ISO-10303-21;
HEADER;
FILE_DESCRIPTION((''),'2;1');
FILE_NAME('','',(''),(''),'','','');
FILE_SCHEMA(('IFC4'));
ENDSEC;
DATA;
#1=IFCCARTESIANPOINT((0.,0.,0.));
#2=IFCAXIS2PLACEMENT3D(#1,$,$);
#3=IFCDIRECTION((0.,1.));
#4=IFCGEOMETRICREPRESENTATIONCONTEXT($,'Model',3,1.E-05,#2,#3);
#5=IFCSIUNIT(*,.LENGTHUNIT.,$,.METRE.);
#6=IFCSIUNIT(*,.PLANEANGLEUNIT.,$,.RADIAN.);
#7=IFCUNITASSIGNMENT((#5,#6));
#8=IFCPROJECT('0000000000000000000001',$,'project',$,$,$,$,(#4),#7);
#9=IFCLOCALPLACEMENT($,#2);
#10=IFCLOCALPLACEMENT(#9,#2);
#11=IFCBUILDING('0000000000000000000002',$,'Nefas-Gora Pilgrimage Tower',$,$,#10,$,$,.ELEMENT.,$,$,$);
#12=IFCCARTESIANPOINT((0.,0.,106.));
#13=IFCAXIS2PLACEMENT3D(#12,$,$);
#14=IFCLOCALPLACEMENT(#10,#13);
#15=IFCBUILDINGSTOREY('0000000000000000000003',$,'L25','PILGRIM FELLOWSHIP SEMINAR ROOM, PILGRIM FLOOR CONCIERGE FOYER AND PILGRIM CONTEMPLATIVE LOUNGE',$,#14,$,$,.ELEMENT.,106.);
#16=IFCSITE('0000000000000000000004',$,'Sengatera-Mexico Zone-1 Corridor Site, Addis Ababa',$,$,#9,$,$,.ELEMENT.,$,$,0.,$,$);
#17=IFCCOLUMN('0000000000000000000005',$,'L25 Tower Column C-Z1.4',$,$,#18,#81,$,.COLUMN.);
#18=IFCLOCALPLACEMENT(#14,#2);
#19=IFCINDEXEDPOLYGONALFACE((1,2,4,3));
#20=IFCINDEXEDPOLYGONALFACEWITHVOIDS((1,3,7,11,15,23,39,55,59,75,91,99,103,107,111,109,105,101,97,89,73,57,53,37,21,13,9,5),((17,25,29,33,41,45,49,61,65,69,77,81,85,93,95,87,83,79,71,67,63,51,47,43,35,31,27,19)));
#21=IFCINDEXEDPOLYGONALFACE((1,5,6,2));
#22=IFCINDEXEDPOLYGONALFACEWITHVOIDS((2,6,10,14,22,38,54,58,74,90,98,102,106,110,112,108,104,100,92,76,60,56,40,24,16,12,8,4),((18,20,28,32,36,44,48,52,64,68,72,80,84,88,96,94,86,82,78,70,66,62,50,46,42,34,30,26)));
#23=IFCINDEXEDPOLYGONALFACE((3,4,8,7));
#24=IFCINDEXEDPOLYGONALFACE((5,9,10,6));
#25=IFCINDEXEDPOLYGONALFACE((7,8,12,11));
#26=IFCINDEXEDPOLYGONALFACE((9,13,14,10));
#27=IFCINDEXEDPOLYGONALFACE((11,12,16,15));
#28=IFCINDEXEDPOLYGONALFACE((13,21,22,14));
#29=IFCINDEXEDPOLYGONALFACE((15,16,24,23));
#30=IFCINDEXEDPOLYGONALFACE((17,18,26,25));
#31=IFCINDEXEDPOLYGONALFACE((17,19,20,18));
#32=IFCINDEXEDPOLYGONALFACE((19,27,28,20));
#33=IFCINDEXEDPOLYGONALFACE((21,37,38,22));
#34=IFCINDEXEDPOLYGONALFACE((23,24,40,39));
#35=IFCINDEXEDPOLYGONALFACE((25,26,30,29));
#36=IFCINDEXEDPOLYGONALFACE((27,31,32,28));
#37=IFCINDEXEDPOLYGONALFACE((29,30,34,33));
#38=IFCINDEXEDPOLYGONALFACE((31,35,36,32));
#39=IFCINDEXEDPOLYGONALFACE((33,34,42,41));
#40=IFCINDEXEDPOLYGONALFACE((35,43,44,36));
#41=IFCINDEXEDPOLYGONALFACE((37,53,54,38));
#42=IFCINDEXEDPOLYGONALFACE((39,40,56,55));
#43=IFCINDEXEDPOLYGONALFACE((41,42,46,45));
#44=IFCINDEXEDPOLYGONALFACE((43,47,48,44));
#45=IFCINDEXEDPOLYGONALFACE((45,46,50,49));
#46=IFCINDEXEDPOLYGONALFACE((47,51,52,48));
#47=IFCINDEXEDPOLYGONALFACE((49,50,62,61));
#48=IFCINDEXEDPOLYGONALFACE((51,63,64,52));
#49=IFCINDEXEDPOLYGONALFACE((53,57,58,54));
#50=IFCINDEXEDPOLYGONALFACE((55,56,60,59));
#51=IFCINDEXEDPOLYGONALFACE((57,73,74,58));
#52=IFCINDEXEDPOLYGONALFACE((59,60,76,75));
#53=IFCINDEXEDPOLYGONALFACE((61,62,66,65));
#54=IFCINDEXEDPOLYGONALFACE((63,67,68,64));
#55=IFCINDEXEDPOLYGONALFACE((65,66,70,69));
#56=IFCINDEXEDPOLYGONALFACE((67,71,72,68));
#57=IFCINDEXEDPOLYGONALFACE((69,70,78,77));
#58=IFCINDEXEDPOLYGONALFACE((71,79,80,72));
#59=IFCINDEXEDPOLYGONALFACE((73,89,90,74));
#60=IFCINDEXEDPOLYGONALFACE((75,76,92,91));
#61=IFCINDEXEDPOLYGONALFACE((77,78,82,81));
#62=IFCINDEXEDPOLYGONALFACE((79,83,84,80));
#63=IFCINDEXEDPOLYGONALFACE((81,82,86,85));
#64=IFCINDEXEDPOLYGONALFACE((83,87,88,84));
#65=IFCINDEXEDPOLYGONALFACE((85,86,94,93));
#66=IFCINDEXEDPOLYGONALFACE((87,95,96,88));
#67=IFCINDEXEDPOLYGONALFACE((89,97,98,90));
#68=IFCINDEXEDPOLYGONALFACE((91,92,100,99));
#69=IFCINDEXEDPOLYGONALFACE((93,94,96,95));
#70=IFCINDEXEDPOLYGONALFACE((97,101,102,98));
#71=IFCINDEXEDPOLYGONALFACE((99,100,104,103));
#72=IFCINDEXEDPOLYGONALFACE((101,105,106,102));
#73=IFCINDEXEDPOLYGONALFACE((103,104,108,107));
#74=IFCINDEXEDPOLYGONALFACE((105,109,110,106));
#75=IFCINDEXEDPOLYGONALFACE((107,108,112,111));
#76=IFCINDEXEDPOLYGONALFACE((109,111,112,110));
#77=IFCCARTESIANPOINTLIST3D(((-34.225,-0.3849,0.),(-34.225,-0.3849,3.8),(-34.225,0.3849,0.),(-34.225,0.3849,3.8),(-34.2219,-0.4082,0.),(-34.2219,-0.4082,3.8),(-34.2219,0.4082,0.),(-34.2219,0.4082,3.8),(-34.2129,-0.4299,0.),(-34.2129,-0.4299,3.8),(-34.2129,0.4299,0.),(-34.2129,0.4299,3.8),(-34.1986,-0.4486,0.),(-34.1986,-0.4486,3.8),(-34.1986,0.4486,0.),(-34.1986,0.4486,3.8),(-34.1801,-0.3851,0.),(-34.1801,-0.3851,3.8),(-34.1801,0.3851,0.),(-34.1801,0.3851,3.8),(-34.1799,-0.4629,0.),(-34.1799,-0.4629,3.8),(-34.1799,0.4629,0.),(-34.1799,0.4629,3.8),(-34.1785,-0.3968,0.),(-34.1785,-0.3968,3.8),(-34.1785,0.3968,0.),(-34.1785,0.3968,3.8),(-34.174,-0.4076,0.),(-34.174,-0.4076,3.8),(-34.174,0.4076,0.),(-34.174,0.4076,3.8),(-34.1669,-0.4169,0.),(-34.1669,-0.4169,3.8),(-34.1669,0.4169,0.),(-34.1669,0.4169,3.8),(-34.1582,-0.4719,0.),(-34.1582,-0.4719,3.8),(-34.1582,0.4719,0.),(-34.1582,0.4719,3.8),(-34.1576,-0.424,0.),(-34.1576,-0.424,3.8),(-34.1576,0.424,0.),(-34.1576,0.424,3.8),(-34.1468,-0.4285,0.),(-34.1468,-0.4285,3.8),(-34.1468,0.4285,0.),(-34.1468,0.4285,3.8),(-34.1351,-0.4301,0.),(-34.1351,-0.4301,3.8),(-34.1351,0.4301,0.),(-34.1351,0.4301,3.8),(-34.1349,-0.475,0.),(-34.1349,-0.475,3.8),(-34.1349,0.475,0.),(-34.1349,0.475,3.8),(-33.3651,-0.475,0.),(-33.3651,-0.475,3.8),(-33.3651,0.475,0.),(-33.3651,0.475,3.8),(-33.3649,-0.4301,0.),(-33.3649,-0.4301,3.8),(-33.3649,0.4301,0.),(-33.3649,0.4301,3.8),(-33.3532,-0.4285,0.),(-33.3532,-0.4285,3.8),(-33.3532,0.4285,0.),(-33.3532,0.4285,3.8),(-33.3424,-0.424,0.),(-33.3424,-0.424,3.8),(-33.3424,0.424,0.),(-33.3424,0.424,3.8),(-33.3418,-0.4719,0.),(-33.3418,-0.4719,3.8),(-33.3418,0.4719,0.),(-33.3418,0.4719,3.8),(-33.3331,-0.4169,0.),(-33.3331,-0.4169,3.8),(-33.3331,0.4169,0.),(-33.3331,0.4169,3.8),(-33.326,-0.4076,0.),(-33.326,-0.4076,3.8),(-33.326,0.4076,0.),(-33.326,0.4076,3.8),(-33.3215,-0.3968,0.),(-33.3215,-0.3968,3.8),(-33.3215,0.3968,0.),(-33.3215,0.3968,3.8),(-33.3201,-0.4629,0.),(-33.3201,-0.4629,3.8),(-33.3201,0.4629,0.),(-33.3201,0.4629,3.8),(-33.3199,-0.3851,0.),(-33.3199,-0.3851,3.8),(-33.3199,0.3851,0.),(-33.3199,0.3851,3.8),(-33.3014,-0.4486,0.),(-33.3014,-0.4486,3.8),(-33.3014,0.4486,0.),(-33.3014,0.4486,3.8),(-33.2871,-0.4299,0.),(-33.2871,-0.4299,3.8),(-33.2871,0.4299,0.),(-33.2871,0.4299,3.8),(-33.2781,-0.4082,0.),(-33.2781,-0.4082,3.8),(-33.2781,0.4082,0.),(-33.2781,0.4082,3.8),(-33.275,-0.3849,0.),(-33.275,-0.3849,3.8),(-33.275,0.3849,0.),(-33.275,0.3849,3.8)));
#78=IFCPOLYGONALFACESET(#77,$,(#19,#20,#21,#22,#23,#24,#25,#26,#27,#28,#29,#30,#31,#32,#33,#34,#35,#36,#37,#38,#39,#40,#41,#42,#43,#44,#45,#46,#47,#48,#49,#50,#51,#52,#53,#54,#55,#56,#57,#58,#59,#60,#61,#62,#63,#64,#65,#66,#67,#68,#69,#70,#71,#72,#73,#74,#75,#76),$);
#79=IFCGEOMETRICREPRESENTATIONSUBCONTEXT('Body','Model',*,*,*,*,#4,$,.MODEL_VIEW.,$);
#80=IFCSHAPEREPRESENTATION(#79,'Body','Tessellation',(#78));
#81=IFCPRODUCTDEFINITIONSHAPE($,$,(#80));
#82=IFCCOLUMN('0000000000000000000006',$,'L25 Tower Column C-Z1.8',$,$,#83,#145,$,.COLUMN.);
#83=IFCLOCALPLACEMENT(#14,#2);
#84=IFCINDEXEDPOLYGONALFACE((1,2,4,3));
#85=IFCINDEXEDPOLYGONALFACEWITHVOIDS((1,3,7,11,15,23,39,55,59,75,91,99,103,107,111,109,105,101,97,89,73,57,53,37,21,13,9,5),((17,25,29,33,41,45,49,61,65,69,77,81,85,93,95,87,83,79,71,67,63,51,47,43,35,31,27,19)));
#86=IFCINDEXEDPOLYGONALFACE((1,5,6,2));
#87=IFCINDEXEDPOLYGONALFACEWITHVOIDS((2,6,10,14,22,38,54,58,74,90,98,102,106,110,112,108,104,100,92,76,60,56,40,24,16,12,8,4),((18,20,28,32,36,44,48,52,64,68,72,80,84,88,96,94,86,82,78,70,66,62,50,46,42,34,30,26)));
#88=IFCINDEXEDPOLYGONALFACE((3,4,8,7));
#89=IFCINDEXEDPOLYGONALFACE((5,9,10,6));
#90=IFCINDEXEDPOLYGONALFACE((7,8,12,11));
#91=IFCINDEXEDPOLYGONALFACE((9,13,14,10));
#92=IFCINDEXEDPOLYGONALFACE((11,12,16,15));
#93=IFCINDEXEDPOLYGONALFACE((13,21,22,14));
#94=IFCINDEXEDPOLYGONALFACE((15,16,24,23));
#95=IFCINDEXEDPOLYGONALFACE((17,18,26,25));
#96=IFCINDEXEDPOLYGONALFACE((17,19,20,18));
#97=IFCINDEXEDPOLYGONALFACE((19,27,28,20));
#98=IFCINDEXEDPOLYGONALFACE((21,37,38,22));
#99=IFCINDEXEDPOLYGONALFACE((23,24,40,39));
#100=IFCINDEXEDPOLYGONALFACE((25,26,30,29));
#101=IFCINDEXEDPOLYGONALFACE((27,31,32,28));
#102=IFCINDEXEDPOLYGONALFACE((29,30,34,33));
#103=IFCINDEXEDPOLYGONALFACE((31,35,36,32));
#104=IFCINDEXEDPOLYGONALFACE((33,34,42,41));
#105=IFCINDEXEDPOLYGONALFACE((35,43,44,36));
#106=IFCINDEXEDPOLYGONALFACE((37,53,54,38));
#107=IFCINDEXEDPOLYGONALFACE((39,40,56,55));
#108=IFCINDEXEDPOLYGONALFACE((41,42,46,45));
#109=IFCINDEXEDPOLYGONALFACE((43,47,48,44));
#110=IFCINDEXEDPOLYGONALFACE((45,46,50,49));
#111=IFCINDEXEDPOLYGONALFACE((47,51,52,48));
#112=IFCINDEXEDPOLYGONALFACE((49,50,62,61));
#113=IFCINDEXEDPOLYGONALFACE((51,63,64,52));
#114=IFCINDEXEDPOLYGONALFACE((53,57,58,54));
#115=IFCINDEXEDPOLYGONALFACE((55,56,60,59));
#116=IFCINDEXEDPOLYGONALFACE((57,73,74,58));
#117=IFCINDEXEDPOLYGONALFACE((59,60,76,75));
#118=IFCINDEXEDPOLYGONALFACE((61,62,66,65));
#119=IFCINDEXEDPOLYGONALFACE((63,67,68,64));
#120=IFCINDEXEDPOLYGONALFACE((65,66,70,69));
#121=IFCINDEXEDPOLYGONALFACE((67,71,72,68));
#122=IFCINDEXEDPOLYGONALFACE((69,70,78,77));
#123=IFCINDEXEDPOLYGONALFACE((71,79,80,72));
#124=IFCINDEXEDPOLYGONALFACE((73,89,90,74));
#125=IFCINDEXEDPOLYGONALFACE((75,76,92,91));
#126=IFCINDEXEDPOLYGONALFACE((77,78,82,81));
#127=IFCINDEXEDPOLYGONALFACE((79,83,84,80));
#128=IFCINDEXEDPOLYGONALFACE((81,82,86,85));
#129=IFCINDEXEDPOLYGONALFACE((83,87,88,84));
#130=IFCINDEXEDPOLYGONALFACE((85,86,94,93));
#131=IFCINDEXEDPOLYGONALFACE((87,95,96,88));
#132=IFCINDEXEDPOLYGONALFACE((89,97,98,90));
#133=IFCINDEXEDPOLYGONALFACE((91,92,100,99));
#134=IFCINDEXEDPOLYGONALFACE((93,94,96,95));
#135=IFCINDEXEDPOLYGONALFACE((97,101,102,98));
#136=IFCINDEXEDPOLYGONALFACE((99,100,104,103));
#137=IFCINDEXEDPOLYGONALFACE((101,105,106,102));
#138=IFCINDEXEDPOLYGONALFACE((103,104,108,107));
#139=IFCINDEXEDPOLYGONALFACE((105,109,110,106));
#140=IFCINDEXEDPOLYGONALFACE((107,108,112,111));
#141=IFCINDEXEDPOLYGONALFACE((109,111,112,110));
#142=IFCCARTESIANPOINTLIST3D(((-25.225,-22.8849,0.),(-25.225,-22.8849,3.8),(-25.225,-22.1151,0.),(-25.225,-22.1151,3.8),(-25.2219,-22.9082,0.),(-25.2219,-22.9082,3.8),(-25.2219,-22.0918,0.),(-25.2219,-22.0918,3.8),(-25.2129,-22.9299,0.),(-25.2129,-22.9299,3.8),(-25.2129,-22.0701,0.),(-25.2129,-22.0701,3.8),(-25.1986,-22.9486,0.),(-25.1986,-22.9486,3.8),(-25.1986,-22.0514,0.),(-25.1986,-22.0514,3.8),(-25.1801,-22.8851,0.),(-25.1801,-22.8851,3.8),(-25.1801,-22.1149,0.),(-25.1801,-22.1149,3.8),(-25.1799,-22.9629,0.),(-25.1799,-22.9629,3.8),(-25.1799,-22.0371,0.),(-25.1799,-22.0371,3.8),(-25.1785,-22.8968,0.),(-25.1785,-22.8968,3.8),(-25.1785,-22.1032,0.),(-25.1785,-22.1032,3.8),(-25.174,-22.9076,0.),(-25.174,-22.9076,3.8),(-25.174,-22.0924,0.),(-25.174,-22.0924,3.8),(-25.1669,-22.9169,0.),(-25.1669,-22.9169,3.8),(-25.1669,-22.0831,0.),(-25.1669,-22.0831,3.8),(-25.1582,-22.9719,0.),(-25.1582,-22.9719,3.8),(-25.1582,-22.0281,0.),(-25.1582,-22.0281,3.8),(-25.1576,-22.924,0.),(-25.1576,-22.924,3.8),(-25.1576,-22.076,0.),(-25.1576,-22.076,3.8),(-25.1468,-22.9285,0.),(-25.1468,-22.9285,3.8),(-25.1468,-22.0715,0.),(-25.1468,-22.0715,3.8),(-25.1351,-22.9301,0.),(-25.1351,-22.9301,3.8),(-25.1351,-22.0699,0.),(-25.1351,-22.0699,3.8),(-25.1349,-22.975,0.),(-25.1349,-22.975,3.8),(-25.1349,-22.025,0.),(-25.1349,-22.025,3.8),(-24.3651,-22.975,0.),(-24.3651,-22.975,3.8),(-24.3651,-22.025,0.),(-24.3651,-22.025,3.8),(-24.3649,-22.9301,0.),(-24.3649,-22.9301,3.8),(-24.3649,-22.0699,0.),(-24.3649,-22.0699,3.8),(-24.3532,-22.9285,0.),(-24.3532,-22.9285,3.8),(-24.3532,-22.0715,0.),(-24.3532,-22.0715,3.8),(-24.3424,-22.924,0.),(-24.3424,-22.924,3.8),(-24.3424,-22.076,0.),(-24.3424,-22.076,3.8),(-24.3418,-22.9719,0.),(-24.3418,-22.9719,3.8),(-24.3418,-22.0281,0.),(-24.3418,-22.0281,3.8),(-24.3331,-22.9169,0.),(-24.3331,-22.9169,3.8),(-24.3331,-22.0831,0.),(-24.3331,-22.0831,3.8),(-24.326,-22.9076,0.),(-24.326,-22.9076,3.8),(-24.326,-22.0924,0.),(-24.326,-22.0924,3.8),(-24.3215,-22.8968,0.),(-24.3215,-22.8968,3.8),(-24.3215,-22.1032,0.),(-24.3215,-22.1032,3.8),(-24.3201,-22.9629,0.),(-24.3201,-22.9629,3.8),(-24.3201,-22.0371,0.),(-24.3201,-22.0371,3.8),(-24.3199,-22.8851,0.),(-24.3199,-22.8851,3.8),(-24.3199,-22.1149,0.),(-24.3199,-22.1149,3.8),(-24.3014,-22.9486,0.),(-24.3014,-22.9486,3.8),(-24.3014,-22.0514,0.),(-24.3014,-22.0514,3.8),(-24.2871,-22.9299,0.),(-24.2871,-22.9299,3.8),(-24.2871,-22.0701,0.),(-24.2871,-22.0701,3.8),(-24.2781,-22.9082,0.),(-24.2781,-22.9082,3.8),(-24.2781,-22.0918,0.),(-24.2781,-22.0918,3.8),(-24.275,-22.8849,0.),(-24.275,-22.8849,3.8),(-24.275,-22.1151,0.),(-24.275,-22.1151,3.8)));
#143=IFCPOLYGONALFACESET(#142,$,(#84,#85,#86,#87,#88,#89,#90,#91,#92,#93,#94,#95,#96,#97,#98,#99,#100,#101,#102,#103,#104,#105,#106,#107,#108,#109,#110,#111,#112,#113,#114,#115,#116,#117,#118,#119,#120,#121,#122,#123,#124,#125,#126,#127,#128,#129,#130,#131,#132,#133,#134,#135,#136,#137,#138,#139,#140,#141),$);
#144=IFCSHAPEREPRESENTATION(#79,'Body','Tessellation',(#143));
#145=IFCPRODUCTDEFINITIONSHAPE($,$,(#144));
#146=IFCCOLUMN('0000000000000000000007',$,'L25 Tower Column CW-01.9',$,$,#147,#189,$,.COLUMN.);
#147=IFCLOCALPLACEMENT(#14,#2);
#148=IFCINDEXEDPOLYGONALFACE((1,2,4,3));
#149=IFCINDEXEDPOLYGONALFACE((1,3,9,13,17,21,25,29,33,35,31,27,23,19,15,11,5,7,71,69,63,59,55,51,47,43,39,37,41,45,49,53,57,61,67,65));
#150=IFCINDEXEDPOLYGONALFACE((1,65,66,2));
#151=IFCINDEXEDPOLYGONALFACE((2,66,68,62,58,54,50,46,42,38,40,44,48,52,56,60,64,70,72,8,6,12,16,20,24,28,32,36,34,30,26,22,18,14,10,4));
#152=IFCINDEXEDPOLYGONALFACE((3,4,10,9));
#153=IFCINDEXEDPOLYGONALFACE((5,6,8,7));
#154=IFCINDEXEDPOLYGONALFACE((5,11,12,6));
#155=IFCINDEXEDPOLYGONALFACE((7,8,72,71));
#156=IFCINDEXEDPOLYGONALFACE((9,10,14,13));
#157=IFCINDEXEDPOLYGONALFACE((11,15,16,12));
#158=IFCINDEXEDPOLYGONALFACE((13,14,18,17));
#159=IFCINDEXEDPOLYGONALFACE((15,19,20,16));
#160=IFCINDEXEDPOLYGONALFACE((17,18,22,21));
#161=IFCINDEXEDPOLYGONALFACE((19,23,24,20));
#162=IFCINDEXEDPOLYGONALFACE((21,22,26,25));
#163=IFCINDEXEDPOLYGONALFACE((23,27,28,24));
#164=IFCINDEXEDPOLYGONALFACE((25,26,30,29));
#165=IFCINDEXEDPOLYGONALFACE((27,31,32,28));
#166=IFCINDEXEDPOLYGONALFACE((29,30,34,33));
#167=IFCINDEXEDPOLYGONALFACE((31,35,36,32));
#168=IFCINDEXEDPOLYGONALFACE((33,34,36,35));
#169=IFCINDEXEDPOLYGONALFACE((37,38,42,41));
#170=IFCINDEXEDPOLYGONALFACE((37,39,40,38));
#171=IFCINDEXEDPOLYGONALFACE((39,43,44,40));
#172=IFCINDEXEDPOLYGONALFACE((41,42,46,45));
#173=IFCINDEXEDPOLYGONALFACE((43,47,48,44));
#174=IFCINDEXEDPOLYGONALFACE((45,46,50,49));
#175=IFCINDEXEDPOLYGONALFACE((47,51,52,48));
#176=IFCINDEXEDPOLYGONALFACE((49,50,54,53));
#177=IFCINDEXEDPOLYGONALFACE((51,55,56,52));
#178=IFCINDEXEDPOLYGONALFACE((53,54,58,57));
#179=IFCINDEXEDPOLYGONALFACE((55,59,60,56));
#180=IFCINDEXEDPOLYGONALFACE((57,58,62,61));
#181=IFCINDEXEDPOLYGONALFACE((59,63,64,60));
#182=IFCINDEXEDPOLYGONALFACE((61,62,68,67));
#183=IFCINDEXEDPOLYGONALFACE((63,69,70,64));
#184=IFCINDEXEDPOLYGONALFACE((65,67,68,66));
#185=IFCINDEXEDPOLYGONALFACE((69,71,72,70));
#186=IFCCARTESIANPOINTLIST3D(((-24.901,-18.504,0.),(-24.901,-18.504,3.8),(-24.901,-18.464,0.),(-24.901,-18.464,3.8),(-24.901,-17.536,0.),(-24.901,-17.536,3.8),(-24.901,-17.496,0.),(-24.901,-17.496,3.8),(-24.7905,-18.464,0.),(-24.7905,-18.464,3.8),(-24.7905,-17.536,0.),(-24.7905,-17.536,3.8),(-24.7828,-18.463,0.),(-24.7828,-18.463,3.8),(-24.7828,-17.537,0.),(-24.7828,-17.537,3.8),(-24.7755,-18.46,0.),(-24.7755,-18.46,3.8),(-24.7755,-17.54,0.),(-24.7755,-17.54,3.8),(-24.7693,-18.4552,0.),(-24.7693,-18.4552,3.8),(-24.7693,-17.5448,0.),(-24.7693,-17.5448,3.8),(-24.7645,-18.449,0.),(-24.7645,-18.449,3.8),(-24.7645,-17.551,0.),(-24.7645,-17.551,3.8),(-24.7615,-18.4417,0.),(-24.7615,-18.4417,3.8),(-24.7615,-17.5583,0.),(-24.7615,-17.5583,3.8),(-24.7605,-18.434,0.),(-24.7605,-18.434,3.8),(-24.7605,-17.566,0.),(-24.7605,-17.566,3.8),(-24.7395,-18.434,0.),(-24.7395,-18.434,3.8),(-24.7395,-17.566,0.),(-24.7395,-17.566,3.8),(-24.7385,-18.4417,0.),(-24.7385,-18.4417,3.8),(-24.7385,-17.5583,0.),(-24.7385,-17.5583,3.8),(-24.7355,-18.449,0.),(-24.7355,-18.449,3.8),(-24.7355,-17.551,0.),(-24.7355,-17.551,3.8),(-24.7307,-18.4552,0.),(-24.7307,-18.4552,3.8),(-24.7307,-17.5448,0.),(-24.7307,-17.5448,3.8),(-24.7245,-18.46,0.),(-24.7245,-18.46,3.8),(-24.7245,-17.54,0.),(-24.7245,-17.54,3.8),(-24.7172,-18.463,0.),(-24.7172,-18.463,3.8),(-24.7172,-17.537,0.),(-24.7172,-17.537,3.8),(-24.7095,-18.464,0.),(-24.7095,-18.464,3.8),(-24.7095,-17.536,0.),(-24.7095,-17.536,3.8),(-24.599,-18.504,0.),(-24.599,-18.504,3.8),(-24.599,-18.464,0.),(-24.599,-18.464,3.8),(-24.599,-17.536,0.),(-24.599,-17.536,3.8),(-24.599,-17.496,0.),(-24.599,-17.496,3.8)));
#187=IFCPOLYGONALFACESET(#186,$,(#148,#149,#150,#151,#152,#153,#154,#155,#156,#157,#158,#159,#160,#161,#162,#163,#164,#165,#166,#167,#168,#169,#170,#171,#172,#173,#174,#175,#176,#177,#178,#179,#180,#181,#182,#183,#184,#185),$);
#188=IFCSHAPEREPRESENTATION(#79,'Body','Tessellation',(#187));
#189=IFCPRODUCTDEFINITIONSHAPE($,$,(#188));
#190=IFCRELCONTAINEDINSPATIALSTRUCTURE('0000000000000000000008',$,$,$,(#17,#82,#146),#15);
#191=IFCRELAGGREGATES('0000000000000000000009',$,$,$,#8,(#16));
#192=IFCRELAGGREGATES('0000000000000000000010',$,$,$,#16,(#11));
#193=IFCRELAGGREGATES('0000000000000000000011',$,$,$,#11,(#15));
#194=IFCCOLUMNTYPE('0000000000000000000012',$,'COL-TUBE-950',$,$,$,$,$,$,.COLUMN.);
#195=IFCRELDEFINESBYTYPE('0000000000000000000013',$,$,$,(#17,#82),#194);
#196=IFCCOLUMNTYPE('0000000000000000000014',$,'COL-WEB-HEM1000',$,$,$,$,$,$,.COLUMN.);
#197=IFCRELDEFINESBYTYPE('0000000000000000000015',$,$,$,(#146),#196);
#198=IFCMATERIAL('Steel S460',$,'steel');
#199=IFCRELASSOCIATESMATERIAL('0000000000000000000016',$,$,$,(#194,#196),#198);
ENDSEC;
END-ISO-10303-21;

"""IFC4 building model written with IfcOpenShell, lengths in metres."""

from ifc_helpers import new_model, si_unit, direction, frame, origin, origin_2d, place, context, subcontext, project, spatial, hollow_rectangle, i_section, extrude, source, transform, mapped, material, material_profile, profile_set, type_object, element, save


model = new_model("IFC4")

# Units and contexts
model_context = context("Model", 3, precision=1e-05, world=origin(), true_north=direction((0.0, 1.0)))
body_context = subcontext(model_context, "Body", "Model", "MODEL_VIEW")
ifc_project = project(units=[si_unit("LENGTHUNIT", "METRE"), si_unit("PLANEANGLEUNIT", "RADIAN")], contexts=[model_context])

# Site, building, storey
site_placement = place(None, origin())
site = spatial("IfcSite", under=ifc_project, at=site_placement, Name="Sengatera-Mexico Zone-1 Corridor Site, Addis Ababa", CompositionType="ELEMENT", RefElevation=0.0)
building_placement = place(site_placement, origin())
building = spatial("IfcBuilding", under=site, at=building_placement, Name="Nefas-Gora Pilgrimage Tower", CompositionType="ELEMENT")
storey_placement = place(building_placement, frame((0.0, 0.0, 106.0)))
storey = spatial("IfcBuildingStorey", under=building, at=storey_placement, Name="L25", Description="PILGRIM FELLOWSHIP SEMINAR ROOM, PILGRIM FLOOR CONCIERGE FOYER AND PILGRIM CONTEMPLATIVE LOUNGE", CompositionType="ELEMENT", Elevation=106.0)

# Columns
ifc_material_1 = material(Name="Steel S460", Category="steel")
ifc_material_profile_1 = material_profile(ifc_material_1, hollow_rectangle(XDim=0.95, YDim=0.95, WallThickness=0.0449, InnerFilletRadius=0.0449, OuterFilletRadius=0.0901, at=origin_2d()), Name="BOX 950x950x45")
ifc_profile_set_1 = profile_set([ifc_material_profile_1], Name="Steel S460")
column_type_1 = type_object("IfcColumnType", Name="COL-TUBE-950", PredefinedType="COLUMN", material=ifc_profile_set_1)
shared_shape_1 = source(origin(), body_context, "Body", "SweptSolid", [
    extrude(hollow_rectangle(XDim=0.95, YDim=0.95, WallThickness=0.0449, InnerFilletRadius=0.0449, OuterFilletRadius=0.0901, at=origin_2d()), origin(), (0.0, 0.0, 1.0), 3.8),
])
for number, where, z_axis, x_axis, name in (
    (1, (-33.75, 0.0, 0.0), (0.0, 0.0, 1.0), (1.0, 0.0, 0.0), "L25 Tower Column C-Z1.4"),
    (2, (-24.75, -22.5, 0.0), (0.0, 0.0, 1.0), (1.0, 0.0, 0.0), "L25 Tower Column C-Z1.8"),
):
    element("IfcColumn", number, at=place(storey_placement, frame(where, z_axis=z_axis, x_axis=x_axis)), inside=storey, type_object=column_type_1, Name=name, PredefinedType="COLUMN", context=body_context, shape_type="MappedRepresentation", body=[
        mapped(shared_shape_1, transform((0.0, 0.0, 0.0), x_axis=(1.0, 0.0, 0.0), y_axis=(0.0, 1.0, 0.0), z_axis=(0.0, 0.0, 1.0), scale=1.0)),
    ])
ifc_material_profile_2 = material_profile(ifc_material_1, i_section(OverallWidth=0.302, OverallDepth=1.0081, WebThickness=0.021, FlangeThickness=0.04, FilletRadius=0.03, at=origin_2d()), Name="HEM 1000")
ifc_profile_set_2 = profile_set([ifc_material_profile_2], Name="Steel S460")
column_type_2 = type_object("IfcColumnType", Name="COL-WEB-HEM1000", PredefinedType="COLUMN", material=ifc_profile_set_2)
shared_shape_2 = source(origin(), body_context, "Body", "SweptSolid", [
    extrude(i_section(OverallWidth=0.302, OverallDepth=1.0081, WebThickness=0.021, FlangeThickness=0.04, FilletRadius=0.03, at=origin_2d()), origin(), (0.0, 0.0, 1.0), 3.8),
])
for number, where, z_axis, x_axis, name in (
    (3, (-24.75, -18.0, 0.0), (0.0, 0.0, 1.0), (1.0, 0.0, 0.0), "L25 Tower Column CW-01.9"),
):
    element("IfcColumn", number, at=place(storey_placement, frame(where, z_axis=z_axis, x_axis=x_axis)), inside=storey, type_object=column_type_2, Name=name, PredefinedType="COLUMN", context=body_context, shape_type="MappedRepresentation", body=[
        mapped(shared_shape_2, transform((0.0, 0.0, 0.0), x_axis=(1.0, 0.0, 0.0), y_axis=(0.0, 1.0, 0.0), z_axis=(0.0, 0.0, 1.0), scale=1.0)),
    ])

save(model, "model.ifc")
